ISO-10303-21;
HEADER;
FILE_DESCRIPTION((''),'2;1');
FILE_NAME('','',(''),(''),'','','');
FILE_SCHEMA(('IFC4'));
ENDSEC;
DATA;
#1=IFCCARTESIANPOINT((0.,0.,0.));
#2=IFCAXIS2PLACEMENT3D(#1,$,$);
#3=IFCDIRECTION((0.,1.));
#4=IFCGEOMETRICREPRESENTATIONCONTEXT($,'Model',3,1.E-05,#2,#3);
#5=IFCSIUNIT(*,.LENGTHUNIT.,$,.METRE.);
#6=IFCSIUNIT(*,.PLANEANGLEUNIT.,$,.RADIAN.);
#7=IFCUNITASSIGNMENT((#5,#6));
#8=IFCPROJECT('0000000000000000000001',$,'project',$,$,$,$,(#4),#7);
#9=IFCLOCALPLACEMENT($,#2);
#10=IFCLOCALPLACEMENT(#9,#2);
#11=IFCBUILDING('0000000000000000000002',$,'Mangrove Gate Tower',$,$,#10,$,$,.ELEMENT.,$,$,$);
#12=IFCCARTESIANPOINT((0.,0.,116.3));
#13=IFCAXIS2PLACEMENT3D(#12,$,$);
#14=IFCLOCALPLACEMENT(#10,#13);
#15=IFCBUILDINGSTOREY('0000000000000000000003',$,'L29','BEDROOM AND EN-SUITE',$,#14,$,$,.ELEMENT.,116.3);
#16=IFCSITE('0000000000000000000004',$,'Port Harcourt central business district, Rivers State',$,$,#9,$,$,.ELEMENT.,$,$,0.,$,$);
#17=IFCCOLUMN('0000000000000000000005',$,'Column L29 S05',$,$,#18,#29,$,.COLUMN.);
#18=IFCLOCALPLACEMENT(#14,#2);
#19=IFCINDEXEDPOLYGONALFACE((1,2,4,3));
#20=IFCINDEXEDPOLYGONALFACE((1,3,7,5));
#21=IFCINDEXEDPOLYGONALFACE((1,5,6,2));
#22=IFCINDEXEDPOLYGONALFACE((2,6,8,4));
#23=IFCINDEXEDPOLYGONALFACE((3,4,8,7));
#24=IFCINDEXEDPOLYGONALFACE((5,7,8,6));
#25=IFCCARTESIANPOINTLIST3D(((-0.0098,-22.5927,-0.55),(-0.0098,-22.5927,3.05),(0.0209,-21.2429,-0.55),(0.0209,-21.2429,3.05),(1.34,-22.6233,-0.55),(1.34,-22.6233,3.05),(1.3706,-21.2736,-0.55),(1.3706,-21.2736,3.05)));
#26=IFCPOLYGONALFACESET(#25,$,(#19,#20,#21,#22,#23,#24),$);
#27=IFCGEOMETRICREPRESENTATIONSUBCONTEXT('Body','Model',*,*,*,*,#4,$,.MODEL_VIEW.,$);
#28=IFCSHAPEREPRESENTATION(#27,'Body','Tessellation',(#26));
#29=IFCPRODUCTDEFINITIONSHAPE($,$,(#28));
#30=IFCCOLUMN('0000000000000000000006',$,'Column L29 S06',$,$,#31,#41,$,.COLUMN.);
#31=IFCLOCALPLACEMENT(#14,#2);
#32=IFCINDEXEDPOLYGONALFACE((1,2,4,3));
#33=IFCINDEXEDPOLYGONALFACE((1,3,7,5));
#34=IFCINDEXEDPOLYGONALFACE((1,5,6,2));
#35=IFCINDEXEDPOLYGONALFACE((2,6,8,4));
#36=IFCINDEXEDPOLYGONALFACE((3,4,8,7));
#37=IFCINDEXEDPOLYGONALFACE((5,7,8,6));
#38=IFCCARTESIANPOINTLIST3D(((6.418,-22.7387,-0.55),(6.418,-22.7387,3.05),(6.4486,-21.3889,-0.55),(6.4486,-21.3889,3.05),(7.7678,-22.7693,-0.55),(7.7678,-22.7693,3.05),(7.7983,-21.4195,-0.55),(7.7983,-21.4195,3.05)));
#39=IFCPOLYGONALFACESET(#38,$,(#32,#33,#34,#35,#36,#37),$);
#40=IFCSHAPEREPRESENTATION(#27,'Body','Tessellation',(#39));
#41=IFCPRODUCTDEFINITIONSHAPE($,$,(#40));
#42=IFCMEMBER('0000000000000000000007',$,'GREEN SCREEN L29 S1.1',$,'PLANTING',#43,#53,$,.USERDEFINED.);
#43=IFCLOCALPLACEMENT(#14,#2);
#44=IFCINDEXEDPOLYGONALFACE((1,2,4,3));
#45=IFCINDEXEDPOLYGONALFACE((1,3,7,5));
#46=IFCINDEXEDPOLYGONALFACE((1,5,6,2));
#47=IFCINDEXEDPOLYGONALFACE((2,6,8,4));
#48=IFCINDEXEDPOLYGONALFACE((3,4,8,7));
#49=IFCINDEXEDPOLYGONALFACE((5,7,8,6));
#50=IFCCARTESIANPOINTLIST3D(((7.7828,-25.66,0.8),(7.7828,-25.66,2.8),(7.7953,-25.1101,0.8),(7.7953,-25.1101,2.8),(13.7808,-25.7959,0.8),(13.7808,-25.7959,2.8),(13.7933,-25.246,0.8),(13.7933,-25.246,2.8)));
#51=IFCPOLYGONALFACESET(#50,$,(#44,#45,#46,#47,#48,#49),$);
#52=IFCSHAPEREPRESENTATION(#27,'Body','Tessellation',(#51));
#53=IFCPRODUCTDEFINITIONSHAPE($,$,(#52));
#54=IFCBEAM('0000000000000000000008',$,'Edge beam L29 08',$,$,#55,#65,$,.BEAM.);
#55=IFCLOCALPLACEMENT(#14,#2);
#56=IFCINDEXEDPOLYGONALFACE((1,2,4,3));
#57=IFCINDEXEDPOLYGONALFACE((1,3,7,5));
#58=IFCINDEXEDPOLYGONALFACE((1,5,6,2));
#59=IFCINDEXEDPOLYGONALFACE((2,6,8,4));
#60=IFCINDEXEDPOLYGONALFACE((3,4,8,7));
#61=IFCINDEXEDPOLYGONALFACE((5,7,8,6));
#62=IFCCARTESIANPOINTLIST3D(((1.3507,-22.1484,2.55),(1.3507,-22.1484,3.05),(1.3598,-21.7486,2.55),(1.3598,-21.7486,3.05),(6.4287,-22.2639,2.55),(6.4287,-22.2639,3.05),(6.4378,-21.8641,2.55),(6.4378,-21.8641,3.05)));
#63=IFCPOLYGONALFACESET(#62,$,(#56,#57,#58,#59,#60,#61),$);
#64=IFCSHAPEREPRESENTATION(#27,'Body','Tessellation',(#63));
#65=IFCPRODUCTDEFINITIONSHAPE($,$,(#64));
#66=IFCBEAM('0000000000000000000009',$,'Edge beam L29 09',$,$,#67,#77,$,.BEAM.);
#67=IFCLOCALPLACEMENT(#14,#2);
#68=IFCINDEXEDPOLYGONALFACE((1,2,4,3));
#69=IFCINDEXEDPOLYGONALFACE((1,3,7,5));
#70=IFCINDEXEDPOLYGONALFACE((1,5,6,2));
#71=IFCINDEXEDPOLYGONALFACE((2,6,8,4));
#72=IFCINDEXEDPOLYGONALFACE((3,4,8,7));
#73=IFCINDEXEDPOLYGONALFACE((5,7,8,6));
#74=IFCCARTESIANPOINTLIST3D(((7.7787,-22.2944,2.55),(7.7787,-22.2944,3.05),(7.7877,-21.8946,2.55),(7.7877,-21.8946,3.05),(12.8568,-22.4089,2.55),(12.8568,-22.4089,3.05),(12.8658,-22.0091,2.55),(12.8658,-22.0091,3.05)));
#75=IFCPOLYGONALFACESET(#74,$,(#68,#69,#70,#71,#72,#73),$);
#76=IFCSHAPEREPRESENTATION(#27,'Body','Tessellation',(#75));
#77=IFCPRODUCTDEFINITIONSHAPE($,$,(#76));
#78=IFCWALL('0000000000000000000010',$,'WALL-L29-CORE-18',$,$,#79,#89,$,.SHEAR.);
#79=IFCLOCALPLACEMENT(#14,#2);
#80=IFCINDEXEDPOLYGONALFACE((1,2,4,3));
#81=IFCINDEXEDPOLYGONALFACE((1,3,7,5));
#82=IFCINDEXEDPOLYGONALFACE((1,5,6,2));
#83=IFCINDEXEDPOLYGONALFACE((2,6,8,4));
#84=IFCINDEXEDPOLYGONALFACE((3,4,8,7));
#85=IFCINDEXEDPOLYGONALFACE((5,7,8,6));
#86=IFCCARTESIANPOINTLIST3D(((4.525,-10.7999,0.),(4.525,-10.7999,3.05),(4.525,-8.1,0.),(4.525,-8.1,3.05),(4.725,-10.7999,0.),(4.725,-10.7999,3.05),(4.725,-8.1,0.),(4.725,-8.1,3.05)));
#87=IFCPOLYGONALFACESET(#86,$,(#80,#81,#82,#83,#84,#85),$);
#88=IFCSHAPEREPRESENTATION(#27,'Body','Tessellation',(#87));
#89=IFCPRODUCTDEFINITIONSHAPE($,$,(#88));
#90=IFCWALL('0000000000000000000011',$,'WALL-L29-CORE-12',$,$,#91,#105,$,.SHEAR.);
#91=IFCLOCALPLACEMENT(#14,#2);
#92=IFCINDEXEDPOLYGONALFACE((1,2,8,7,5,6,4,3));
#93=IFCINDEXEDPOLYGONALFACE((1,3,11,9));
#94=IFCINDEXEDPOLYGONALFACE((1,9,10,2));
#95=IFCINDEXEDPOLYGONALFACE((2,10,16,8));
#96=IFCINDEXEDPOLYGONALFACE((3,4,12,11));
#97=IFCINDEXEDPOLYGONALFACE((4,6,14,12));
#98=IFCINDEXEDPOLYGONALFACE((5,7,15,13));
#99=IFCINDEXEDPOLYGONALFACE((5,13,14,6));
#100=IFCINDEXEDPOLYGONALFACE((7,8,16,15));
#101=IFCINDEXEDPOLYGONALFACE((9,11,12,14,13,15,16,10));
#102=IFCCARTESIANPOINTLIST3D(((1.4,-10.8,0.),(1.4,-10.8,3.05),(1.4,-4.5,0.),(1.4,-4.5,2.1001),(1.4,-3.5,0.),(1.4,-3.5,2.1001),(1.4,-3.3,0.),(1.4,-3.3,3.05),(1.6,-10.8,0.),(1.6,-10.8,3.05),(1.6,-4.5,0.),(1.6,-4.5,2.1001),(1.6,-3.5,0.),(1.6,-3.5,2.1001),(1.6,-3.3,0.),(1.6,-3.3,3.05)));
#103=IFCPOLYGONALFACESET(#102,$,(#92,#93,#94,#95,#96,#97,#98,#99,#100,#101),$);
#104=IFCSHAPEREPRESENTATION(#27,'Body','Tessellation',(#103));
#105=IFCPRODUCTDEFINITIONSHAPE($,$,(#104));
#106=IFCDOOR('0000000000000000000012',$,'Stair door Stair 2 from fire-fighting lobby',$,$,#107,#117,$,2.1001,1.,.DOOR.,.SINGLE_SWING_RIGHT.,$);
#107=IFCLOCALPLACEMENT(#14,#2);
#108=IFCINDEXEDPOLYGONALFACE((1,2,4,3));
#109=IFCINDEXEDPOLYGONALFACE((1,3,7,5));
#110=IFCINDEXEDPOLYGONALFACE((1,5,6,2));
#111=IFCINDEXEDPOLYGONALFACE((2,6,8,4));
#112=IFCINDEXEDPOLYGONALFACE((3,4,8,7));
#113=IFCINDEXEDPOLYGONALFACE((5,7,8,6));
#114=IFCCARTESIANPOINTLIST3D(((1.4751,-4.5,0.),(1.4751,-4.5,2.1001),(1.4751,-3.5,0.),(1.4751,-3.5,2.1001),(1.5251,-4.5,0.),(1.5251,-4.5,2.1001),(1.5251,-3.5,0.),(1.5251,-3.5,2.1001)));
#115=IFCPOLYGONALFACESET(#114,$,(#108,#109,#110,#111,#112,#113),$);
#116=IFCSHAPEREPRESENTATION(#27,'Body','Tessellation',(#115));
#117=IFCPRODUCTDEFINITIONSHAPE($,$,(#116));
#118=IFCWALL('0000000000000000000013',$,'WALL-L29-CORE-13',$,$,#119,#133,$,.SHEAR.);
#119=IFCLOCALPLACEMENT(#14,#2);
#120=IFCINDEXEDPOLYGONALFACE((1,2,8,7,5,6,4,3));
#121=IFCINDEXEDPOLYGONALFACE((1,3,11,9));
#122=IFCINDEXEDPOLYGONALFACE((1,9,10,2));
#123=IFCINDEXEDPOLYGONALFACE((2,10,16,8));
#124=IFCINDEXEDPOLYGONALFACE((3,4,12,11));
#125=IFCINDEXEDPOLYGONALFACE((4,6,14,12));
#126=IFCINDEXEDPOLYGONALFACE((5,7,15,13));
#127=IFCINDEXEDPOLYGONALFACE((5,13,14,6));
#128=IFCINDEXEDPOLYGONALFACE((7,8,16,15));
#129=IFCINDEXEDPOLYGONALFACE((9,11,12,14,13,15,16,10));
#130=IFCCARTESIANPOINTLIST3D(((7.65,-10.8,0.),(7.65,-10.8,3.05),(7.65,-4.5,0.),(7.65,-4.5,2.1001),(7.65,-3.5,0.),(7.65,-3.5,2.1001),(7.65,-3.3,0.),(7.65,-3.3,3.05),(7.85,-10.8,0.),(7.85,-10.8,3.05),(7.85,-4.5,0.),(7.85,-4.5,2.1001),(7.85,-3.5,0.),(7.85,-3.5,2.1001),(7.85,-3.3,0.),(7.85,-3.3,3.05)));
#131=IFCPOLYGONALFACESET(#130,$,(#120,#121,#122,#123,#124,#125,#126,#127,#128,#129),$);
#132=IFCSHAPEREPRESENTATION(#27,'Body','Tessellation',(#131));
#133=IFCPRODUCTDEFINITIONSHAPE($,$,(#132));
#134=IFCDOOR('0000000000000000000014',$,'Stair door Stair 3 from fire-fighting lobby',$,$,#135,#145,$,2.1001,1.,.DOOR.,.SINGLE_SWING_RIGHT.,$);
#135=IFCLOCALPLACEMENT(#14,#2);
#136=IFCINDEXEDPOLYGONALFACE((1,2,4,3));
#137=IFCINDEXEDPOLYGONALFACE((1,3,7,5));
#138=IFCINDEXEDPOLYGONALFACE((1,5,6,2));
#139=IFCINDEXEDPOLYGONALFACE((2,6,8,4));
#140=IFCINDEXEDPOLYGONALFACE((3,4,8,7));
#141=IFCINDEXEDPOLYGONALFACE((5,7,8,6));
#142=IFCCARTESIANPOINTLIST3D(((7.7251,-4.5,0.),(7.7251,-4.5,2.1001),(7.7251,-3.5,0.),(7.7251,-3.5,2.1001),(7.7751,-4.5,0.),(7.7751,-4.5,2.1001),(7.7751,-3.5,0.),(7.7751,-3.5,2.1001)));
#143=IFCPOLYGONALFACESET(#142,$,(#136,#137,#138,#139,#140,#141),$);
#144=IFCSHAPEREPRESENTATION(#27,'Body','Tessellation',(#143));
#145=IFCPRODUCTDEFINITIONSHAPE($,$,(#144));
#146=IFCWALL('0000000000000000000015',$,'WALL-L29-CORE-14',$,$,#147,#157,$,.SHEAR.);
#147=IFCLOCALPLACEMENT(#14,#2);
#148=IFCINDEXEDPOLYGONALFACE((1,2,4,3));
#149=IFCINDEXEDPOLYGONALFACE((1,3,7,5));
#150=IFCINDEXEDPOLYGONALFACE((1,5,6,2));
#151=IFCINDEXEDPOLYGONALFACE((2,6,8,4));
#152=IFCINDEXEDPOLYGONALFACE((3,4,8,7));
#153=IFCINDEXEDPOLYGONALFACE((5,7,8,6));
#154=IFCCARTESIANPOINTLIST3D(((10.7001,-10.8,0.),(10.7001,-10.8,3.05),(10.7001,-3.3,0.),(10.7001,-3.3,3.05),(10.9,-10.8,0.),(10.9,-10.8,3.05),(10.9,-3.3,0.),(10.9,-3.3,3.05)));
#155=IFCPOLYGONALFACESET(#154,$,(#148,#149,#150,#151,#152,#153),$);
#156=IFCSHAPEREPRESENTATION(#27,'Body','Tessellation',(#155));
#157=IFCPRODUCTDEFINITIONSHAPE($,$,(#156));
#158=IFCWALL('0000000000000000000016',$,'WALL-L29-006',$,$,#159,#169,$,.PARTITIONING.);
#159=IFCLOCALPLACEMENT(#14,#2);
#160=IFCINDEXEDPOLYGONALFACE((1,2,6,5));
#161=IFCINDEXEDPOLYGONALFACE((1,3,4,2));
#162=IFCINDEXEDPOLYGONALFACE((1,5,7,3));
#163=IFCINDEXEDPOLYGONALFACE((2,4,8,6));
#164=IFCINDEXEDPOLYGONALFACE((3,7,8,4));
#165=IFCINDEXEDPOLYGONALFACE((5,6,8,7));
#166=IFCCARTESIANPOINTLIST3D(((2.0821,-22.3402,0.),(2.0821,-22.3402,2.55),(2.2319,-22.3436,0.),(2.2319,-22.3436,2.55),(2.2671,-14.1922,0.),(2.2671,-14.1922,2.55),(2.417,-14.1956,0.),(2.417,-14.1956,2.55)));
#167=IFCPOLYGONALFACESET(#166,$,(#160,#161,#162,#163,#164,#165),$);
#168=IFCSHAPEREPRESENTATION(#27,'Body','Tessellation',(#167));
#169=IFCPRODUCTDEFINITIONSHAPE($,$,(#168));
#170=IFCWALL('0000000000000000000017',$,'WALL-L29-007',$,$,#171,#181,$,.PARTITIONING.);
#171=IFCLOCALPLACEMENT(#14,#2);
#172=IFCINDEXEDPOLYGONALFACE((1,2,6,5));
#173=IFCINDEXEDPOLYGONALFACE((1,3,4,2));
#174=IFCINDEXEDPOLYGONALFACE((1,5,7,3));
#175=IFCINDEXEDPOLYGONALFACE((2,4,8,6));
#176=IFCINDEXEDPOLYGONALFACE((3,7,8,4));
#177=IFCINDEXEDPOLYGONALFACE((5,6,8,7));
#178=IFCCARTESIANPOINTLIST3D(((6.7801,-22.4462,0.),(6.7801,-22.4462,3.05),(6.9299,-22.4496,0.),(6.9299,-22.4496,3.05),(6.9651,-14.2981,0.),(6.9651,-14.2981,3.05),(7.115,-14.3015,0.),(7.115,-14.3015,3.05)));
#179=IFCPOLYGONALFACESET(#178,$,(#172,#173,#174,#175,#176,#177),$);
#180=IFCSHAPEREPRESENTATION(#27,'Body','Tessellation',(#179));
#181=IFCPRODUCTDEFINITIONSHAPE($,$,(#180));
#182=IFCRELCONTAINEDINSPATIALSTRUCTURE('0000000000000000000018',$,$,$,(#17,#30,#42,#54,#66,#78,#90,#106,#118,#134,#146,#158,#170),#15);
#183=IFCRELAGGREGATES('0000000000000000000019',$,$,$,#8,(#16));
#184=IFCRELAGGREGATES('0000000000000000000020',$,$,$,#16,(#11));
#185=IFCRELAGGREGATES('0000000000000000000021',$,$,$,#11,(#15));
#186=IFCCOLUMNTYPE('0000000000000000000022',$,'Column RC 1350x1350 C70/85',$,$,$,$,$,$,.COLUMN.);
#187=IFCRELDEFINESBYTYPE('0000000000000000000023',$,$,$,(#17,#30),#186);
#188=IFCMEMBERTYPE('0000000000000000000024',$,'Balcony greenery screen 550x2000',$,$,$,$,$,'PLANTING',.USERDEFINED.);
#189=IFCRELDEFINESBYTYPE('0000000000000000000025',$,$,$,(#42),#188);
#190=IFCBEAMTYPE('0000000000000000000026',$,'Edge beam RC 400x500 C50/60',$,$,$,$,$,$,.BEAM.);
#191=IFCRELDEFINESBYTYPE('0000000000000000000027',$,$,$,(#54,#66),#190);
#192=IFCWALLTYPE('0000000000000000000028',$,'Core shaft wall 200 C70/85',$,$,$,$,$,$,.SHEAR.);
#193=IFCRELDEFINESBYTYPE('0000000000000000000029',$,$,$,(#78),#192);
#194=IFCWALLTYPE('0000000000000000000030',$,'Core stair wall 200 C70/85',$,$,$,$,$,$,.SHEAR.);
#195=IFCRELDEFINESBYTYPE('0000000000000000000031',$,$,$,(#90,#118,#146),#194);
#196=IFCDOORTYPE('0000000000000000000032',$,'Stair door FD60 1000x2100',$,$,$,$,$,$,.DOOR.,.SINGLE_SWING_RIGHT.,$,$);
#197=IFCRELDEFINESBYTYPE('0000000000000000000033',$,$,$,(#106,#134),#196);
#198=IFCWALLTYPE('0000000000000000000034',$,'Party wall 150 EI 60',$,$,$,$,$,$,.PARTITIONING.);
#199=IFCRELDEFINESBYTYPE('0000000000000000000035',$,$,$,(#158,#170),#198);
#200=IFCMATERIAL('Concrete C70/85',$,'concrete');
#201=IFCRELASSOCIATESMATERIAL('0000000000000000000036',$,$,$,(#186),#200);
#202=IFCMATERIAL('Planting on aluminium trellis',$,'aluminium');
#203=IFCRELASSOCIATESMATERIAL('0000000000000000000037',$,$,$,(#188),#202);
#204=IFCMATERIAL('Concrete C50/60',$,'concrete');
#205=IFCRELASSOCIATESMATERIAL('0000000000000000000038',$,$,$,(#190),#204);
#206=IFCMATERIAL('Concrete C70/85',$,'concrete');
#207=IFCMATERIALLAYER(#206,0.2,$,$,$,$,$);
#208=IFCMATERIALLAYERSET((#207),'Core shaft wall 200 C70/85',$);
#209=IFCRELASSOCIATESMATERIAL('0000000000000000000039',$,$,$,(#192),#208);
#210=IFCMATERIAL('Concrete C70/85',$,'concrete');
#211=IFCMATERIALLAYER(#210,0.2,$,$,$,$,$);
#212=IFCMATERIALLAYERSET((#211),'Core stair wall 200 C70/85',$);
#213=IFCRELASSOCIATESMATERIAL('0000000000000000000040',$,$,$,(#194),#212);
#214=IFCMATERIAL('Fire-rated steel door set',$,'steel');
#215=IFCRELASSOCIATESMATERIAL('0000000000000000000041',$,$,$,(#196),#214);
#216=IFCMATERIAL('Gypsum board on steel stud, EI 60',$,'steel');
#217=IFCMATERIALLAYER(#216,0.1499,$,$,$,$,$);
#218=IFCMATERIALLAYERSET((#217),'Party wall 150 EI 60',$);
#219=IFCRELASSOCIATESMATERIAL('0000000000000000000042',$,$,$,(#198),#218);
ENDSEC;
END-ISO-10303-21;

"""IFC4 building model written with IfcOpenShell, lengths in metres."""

from ifc_helpers import new_model, si_unit, direction, frame, frame_2d, origin, origin_2d, place, context, subcontext, project, spatial, rectangle, extrude, material, layer, layer_set, material_profile, profile_set, type_object, element, fill, save


model = new_model("IFC4")

# Units and contexts
model_context = context("Model", 3, precision=1e-05, world=origin(), true_north=direction((0.0, 1.0)))
body_context = subcontext(model_context, "Body", "Model", "MODEL_VIEW")
ifc_project = project(units=[si_unit("LENGTHUNIT", "METRE"), si_unit("PLANEANGLEUNIT", "RADIAN")], contexts=[model_context])

# Site, building, storey
site_placement = place(None, origin())
site = spatial("IfcSite", under=ifc_project, at=site_placement, Name="Port Harcourt central business district, Rivers State", CompositionType="ELEMENT", RefElevation=0.0)
building_placement = place(site_placement, origin())
building = spatial("IfcBuilding", under=site, at=building_placement, Name="Mangrove Gate Tower", CompositionType="ELEMENT")
storey_placement = place(building_placement, frame((0.0, 0.0, 116.3)))
storey = spatial("IfcBuildingStorey", under=building, at=storey_placement, Name="L29", Description="BEDROOM AND EN-SUITE", CompositionType="ELEMENT", Elevation=116.3)

# Columns
ifc_material_1 = material(Name="Concrete C70/85", Category="concrete")
ifc_material_profile_1 = material_profile(ifc_material_1, rectangle(XDim=1.3501, YDim=1.3501, at=origin_2d()))
ifc_profile_set_1 = profile_set([ifc_material_profile_1], Name="Concrete C70/85")
column_type = type_object("IfcColumnType", Name="Column RC 1350x1350 C70/85", PredefinedType="COLUMN", material=ifc_profile_set_1)
for number, where, z_axis, x_axis, name in (
    (1, (0.6804, -21.9331, -0.55), (0.0, 0.0, 1.0), (0.999742, -0.022707, 0.0), "Column L29 S05"),
    (2, (7.1082, -22.0791, -0.55), (0.0, 0.0, 1.0), (0.999744, -0.02263, 0.0), "Column L29 S06"),
):
    element("IfcColumn", number, at=place(storey_placement, frame(where, z_axis=z_axis, x_axis=x_axis)), inside=storey, type_object=column_type, Name=name, PredefinedType="COLUMN", context=body_context, shape_type="SweptSolid", body=[
        extrude(rectangle(XDim=1.3501, YDim=1.3501, at=origin_2d()), origin(), (0.0, 0.0, 1.0), 3.6001),
    ])

# Member
ifc_material_2 = material(Name="Planting on aluminium trellis", Category="aluminium")
ifc_material_profile_2 = material_profile(ifc_material_2, rectangle(XDim=0.55, YDim=2.0, at=origin_2d()))
ifc_profile_set_2 = profile_set([ifc_material_profile_2], Name="Planting on aluminium trellis")
member_type = type_object("IfcMemberType", Name="Balcony greenery screen 550x2000", ElementType="PLANTING", PredefinedType="USERDEFINED", material=ifc_profile_set_2)
member_placement = place(storey_placement, frame((7.7891, -25.385, 1.8), z_axis=(0.999743, -0.022666, 0.0), x_axis=(0.022666, 0.999743, 0.0)))
element("IfcMember", 3, at=member_placement, inside=storey, type_object=member_type, Name="GREEN SCREEN L29 S1.1", ObjectType="PLANTING", PredefinedType="USERDEFINED", context=body_context, shape_type="SweptSolid", body=[
    extrude(rectangle(XDim=0.55, YDim=2.0, at=origin_2d()), origin(), (0.0, 0.0, 1.0), 5.9995),
])

# Beams
ifc_material_3 = material(Name="Concrete C50/60", Category="concrete")
ifc_material_profile_3 = material_profile(ifc_material_3, rectangle(XDim=0.3999, YDim=0.5, at=origin_2d()))
ifc_profile_set_3 = profile_set([ifc_material_profile_3], Name="Concrete C50/60")
beam_type = type_object("IfcBeamType", Name="Edge beam RC 400x500 C50/60", PredefinedType="BEAM", material=ifc_profile_set_3)
for number, where, z_axis, x_axis, name in (
    (4, (1.3552, -21.9485, 2.8), (0.999742, -0.022735, 0.0), (0.022735, 0.999742, 0.0), "Edge beam L29 08"),
    (5, (7.7832, -22.0945, 2.8), (0.999746, -0.022542, 0.0), (0.022542, 0.999746, 0.0), "Edge beam L29 09"),
):
    element("IfcBeam", number, at=place(storey_placement, frame(where, z_axis=z_axis, x_axis=x_axis)), inside=storey, type_object=beam_type, Name=name, PredefinedType="BEAM", context=body_context, shape_type="SweptSolid", body=[
        extrude(rectangle(XDim=0.3999, YDim=0.5, at=origin_2d()), origin(), (0.0, 0.0, 1.0), 5.0793),
    ])

# Wall
ifc_material_4 = material(Name="Concrete C70/85", Category="concrete")
ifc_layer_1 = layer(ifc_material_4, 0.2)
ifc_layer_set_1 = layer_set([ifc_layer_1], Name="Core shaft wall 200 C70/85")
wall_type_1 = type_object("IfcWallType", Name="Core shaft wall 200 C70/85", PredefinedType="SHEAR", material=ifc_layer_set_1)
wall_1_placement = place(storey_placement, frame((4.625, -10.8, 0.0), z_axis=(0.0, 0.0, 1.0), x_axis=(0.0, 1.0, 0.0)))
element("IfcWall", 6, at=wall_1_placement, inside=storey, type_object=wall_type_1, Name="WALL-L29-CORE-18", PredefinedType="SHEAR", context=body_context, shape_type="SweptSolid", body=[
    extrude(rectangle(XDim=2.7, YDim=0.2, at=frame_2d((1.3501, 0.0))), origin(), (0.0, 0.0, 1.0), 3.05),
])

# Walls, openings, doors
ifc_material_5 = material(Name="Concrete C70/85", Category="concrete")
ifc_layer_2 = layer(ifc_material_5, 0.2)
ifc_layer_set_2 = layer_set([ifc_layer_2], Name="Core stair wall 200 C70/85")
wall_type_2 = type_object("IfcWallType", Name="Core stair wall 200 C70/85", PredefinedType="SHEAR", material=ifc_layer_set_2)
wall_2_placement = place(storey_placement, frame((1.5, -10.8, 0.0), z_axis=(0.0, 0.0, 1.0), x_axis=(0.0, 1.0, 0.0)))
wall_2 = element("IfcWall", 7, at=wall_2_placement, inside=storey, type_object=wall_type_2, Name="WALL-L29-CORE-12", PredefinedType="SHEAR", context=body_context, shape_type="SweptSolid", body=[
    extrude(rectangle(XDim=7.5, YDim=0.2, at=frame_2d((3.75, 0.0))), origin(), (0.0, 0.0, 1.0), 3.05),
])
opening_1_placement = place(wall_2_placement, frame((6.3, 0.0, 0.0)))
opening_1 = element("IfcOpeningElement", 8, at=opening_1_placement, cuts=wall_2, PredefinedType="OPENING", context=body_context, shape_type="SweptSolid", body=[
    extrude(rectangle(XDim=1.0, YDim=2.1001, at=frame_2d((0.5, 1.05))), frame((0.0, 0.1099, 0.0), z_axis=(0.0, -1.0, 0.0), x_axis=(1.0, 0.0, 0.0)), (0.0, 0.0, 1.0), 0.22),
])
ifc_material_6 = material(Name="Fire-rated steel door set", Category="steel")
door_type_1 = type_object("IfcDoorType", Name="Stair door FD60 1000x2100", OperationType="SINGLE_SWING_RIGHT", PredefinedType="DOOR", material=ifc_material_6)
door_1_placement = place(opening_1_placement, origin())
door_1 = element("IfcDoor", 9, at=door_1_placement, inside=storey, type_object=door_type_1, Name="Stair door Stair 2 from fire-fighting lobby", OperationType="SINGLE_SWING_RIGHT", OverallHeight=2.1001, OverallWidth=1.0, PredefinedType="DOOR", context=body_context, shape_type="SweptSolid", body=[
    extrude(rectangle(XDim=1.0, YDim=2.1001, at=frame_2d((0.5, 1.05))), frame((0.0, 0.0249, 0.0), z_axis=(0.0, -1.0, 0.0), x_axis=(1.0, 0.0, 0.0)), (0.0, 0.0, 1.0), 0.05),
])
fill(opening_1, door_1)
wall_3_placement = place(storey_placement, frame((7.75, -10.8, 0.0), z_axis=(0.0, 0.0, 1.0), x_axis=(0.0, 1.0, 0.0)))
wall_3 = element("IfcWall", 10, at=wall_3_placement, inside=storey, type_object=wall_type_2, Name="WALL-L29-CORE-13", PredefinedType="SHEAR", context=body_context, shape_type="SweptSolid", body=[
    extrude(rectangle(XDim=7.5, YDim=0.2, at=frame_2d((3.75, 0.0))), origin(), (0.0, 0.0, 1.0), 3.05),
])
opening_2_placement = place(wall_3_placement, frame((6.3, 0.0, 0.0)))
opening_2 = element("IfcOpeningElement", 11, at=opening_2_placement, cuts=wall_3, PredefinedType="OPENING", context=body_context, shape_type="SweptSolid", body=[
    extrude(rectangle(XDim=1.0, YDim=2.1001, at=frame_2d((0.5, 1.05))), frame((0.0, 0.1099, 0.0), z_axis=(0.0, -1.0, 0.0), x_axis=(1.0, 0.0, 0.0)), (0.0, 0.0, 1.0), 0.22),
])
door_2_placement = place(opening_2_placement, origin())
door_2 = element("IfcDoor", 12, at=door_2_placement, inside=storey, type_object=door_type_1, Name="Stair door Stair 3 from fire-fighting lobby", OperationType="SINGLE_SWING_RIGHT", OverallHeight=2.1001, OverallWidth=1.0, PredefinedType="DOOR", context=body_context, shape_type="SweptSolid", body=[
    extrude(rectangle(XDim=1.0, YDim=2.1001, at=frame_2d((0.5, 1.05))), frame((0.0, 0.0249, 0.0), z_axis=(0.0, -1.0, 0.0), x_axis=(1.0, 0.0, 0.0)), (0.0, 0.0, 1.0), 0.05),
])
fill(opening_2, door_2)

# Walls
wall_4_placement = place(storey_placement, frame((10.8, -10.8, 0.0), z_axis=(0.0, 0.0, 1.0), x_axis=(0.0, 1.0, 0.0)))
element("IfcWall", 13, at=wall_4_placement, inside=storey, type_object=wall_type_2, Name="WALL-L29-CORE-14", PredefinedType="SHEAR", context=body_context, shape_type="SweptSolid", body=[
    extrude(rectangle(XDim=7.5, YDim=0.2, at=frame_2d((3.75, 0.0))), origin(), (0.0, 0.0, 1.0), 3.05),
])
ifc_material_7 = material(Name="Gypsum board on steel stud, EI 60", Category="steel")
ifc_layer_3 = layer(ifc_material_7, 0.1499)
ifc_layer_set_3 = layer_set([ifc_layer_3], Name="Party wall 150 EI 60")
wall_type_3 = type_object("IfcWallType", Name="Party wall 150 EI 60", PredefinedType="PARTITIONING", material=ifc_layer_set_3)
wall_5_placement = place(storey_placement, frame((2.157, -22.342, 0.0), z_axis=(0.0, 0.0, 1.0), x_axis=(0.022706, 0.999742, 0.0)))
element("IfcWall", 14, at=wall_5_placement, inside=storey, type_object=wall_type_3, Name="WALL-L29-006", PredefinedType="PARTITIONING", context=body_context, shape_type="SweptSolid", body=[
    extrude(rectangle(XDim=8.1501, YDim=0.1499, at=frame_2d((4.0752, 0.0))), origin(), (0.0, 0.0, 1.0), 2.55),
])
wall_6_placement = place(storey_placement, frame((6.855, -22.448, 0.0), z_axis=(0.0, 0.0, 1.0), x_axis=(0.022706, 0.999742, 0.0)))
element("IfcWall", 15, at=wall_6_placement, inside=storey, type_object=wall_type_3, Name="WALL-L29-007", PredefinedType="PARTITIONING", context=body_context, shape_type="SweptSolid", body=[
    extrude(rectangle(XDim=8.1501, YDim=0.1499, at=frame_2d((4.0752, 0.0))), origin(), (0.0, 0.0, 1.0), 3.05),
])

save(model, "model.ifc")
